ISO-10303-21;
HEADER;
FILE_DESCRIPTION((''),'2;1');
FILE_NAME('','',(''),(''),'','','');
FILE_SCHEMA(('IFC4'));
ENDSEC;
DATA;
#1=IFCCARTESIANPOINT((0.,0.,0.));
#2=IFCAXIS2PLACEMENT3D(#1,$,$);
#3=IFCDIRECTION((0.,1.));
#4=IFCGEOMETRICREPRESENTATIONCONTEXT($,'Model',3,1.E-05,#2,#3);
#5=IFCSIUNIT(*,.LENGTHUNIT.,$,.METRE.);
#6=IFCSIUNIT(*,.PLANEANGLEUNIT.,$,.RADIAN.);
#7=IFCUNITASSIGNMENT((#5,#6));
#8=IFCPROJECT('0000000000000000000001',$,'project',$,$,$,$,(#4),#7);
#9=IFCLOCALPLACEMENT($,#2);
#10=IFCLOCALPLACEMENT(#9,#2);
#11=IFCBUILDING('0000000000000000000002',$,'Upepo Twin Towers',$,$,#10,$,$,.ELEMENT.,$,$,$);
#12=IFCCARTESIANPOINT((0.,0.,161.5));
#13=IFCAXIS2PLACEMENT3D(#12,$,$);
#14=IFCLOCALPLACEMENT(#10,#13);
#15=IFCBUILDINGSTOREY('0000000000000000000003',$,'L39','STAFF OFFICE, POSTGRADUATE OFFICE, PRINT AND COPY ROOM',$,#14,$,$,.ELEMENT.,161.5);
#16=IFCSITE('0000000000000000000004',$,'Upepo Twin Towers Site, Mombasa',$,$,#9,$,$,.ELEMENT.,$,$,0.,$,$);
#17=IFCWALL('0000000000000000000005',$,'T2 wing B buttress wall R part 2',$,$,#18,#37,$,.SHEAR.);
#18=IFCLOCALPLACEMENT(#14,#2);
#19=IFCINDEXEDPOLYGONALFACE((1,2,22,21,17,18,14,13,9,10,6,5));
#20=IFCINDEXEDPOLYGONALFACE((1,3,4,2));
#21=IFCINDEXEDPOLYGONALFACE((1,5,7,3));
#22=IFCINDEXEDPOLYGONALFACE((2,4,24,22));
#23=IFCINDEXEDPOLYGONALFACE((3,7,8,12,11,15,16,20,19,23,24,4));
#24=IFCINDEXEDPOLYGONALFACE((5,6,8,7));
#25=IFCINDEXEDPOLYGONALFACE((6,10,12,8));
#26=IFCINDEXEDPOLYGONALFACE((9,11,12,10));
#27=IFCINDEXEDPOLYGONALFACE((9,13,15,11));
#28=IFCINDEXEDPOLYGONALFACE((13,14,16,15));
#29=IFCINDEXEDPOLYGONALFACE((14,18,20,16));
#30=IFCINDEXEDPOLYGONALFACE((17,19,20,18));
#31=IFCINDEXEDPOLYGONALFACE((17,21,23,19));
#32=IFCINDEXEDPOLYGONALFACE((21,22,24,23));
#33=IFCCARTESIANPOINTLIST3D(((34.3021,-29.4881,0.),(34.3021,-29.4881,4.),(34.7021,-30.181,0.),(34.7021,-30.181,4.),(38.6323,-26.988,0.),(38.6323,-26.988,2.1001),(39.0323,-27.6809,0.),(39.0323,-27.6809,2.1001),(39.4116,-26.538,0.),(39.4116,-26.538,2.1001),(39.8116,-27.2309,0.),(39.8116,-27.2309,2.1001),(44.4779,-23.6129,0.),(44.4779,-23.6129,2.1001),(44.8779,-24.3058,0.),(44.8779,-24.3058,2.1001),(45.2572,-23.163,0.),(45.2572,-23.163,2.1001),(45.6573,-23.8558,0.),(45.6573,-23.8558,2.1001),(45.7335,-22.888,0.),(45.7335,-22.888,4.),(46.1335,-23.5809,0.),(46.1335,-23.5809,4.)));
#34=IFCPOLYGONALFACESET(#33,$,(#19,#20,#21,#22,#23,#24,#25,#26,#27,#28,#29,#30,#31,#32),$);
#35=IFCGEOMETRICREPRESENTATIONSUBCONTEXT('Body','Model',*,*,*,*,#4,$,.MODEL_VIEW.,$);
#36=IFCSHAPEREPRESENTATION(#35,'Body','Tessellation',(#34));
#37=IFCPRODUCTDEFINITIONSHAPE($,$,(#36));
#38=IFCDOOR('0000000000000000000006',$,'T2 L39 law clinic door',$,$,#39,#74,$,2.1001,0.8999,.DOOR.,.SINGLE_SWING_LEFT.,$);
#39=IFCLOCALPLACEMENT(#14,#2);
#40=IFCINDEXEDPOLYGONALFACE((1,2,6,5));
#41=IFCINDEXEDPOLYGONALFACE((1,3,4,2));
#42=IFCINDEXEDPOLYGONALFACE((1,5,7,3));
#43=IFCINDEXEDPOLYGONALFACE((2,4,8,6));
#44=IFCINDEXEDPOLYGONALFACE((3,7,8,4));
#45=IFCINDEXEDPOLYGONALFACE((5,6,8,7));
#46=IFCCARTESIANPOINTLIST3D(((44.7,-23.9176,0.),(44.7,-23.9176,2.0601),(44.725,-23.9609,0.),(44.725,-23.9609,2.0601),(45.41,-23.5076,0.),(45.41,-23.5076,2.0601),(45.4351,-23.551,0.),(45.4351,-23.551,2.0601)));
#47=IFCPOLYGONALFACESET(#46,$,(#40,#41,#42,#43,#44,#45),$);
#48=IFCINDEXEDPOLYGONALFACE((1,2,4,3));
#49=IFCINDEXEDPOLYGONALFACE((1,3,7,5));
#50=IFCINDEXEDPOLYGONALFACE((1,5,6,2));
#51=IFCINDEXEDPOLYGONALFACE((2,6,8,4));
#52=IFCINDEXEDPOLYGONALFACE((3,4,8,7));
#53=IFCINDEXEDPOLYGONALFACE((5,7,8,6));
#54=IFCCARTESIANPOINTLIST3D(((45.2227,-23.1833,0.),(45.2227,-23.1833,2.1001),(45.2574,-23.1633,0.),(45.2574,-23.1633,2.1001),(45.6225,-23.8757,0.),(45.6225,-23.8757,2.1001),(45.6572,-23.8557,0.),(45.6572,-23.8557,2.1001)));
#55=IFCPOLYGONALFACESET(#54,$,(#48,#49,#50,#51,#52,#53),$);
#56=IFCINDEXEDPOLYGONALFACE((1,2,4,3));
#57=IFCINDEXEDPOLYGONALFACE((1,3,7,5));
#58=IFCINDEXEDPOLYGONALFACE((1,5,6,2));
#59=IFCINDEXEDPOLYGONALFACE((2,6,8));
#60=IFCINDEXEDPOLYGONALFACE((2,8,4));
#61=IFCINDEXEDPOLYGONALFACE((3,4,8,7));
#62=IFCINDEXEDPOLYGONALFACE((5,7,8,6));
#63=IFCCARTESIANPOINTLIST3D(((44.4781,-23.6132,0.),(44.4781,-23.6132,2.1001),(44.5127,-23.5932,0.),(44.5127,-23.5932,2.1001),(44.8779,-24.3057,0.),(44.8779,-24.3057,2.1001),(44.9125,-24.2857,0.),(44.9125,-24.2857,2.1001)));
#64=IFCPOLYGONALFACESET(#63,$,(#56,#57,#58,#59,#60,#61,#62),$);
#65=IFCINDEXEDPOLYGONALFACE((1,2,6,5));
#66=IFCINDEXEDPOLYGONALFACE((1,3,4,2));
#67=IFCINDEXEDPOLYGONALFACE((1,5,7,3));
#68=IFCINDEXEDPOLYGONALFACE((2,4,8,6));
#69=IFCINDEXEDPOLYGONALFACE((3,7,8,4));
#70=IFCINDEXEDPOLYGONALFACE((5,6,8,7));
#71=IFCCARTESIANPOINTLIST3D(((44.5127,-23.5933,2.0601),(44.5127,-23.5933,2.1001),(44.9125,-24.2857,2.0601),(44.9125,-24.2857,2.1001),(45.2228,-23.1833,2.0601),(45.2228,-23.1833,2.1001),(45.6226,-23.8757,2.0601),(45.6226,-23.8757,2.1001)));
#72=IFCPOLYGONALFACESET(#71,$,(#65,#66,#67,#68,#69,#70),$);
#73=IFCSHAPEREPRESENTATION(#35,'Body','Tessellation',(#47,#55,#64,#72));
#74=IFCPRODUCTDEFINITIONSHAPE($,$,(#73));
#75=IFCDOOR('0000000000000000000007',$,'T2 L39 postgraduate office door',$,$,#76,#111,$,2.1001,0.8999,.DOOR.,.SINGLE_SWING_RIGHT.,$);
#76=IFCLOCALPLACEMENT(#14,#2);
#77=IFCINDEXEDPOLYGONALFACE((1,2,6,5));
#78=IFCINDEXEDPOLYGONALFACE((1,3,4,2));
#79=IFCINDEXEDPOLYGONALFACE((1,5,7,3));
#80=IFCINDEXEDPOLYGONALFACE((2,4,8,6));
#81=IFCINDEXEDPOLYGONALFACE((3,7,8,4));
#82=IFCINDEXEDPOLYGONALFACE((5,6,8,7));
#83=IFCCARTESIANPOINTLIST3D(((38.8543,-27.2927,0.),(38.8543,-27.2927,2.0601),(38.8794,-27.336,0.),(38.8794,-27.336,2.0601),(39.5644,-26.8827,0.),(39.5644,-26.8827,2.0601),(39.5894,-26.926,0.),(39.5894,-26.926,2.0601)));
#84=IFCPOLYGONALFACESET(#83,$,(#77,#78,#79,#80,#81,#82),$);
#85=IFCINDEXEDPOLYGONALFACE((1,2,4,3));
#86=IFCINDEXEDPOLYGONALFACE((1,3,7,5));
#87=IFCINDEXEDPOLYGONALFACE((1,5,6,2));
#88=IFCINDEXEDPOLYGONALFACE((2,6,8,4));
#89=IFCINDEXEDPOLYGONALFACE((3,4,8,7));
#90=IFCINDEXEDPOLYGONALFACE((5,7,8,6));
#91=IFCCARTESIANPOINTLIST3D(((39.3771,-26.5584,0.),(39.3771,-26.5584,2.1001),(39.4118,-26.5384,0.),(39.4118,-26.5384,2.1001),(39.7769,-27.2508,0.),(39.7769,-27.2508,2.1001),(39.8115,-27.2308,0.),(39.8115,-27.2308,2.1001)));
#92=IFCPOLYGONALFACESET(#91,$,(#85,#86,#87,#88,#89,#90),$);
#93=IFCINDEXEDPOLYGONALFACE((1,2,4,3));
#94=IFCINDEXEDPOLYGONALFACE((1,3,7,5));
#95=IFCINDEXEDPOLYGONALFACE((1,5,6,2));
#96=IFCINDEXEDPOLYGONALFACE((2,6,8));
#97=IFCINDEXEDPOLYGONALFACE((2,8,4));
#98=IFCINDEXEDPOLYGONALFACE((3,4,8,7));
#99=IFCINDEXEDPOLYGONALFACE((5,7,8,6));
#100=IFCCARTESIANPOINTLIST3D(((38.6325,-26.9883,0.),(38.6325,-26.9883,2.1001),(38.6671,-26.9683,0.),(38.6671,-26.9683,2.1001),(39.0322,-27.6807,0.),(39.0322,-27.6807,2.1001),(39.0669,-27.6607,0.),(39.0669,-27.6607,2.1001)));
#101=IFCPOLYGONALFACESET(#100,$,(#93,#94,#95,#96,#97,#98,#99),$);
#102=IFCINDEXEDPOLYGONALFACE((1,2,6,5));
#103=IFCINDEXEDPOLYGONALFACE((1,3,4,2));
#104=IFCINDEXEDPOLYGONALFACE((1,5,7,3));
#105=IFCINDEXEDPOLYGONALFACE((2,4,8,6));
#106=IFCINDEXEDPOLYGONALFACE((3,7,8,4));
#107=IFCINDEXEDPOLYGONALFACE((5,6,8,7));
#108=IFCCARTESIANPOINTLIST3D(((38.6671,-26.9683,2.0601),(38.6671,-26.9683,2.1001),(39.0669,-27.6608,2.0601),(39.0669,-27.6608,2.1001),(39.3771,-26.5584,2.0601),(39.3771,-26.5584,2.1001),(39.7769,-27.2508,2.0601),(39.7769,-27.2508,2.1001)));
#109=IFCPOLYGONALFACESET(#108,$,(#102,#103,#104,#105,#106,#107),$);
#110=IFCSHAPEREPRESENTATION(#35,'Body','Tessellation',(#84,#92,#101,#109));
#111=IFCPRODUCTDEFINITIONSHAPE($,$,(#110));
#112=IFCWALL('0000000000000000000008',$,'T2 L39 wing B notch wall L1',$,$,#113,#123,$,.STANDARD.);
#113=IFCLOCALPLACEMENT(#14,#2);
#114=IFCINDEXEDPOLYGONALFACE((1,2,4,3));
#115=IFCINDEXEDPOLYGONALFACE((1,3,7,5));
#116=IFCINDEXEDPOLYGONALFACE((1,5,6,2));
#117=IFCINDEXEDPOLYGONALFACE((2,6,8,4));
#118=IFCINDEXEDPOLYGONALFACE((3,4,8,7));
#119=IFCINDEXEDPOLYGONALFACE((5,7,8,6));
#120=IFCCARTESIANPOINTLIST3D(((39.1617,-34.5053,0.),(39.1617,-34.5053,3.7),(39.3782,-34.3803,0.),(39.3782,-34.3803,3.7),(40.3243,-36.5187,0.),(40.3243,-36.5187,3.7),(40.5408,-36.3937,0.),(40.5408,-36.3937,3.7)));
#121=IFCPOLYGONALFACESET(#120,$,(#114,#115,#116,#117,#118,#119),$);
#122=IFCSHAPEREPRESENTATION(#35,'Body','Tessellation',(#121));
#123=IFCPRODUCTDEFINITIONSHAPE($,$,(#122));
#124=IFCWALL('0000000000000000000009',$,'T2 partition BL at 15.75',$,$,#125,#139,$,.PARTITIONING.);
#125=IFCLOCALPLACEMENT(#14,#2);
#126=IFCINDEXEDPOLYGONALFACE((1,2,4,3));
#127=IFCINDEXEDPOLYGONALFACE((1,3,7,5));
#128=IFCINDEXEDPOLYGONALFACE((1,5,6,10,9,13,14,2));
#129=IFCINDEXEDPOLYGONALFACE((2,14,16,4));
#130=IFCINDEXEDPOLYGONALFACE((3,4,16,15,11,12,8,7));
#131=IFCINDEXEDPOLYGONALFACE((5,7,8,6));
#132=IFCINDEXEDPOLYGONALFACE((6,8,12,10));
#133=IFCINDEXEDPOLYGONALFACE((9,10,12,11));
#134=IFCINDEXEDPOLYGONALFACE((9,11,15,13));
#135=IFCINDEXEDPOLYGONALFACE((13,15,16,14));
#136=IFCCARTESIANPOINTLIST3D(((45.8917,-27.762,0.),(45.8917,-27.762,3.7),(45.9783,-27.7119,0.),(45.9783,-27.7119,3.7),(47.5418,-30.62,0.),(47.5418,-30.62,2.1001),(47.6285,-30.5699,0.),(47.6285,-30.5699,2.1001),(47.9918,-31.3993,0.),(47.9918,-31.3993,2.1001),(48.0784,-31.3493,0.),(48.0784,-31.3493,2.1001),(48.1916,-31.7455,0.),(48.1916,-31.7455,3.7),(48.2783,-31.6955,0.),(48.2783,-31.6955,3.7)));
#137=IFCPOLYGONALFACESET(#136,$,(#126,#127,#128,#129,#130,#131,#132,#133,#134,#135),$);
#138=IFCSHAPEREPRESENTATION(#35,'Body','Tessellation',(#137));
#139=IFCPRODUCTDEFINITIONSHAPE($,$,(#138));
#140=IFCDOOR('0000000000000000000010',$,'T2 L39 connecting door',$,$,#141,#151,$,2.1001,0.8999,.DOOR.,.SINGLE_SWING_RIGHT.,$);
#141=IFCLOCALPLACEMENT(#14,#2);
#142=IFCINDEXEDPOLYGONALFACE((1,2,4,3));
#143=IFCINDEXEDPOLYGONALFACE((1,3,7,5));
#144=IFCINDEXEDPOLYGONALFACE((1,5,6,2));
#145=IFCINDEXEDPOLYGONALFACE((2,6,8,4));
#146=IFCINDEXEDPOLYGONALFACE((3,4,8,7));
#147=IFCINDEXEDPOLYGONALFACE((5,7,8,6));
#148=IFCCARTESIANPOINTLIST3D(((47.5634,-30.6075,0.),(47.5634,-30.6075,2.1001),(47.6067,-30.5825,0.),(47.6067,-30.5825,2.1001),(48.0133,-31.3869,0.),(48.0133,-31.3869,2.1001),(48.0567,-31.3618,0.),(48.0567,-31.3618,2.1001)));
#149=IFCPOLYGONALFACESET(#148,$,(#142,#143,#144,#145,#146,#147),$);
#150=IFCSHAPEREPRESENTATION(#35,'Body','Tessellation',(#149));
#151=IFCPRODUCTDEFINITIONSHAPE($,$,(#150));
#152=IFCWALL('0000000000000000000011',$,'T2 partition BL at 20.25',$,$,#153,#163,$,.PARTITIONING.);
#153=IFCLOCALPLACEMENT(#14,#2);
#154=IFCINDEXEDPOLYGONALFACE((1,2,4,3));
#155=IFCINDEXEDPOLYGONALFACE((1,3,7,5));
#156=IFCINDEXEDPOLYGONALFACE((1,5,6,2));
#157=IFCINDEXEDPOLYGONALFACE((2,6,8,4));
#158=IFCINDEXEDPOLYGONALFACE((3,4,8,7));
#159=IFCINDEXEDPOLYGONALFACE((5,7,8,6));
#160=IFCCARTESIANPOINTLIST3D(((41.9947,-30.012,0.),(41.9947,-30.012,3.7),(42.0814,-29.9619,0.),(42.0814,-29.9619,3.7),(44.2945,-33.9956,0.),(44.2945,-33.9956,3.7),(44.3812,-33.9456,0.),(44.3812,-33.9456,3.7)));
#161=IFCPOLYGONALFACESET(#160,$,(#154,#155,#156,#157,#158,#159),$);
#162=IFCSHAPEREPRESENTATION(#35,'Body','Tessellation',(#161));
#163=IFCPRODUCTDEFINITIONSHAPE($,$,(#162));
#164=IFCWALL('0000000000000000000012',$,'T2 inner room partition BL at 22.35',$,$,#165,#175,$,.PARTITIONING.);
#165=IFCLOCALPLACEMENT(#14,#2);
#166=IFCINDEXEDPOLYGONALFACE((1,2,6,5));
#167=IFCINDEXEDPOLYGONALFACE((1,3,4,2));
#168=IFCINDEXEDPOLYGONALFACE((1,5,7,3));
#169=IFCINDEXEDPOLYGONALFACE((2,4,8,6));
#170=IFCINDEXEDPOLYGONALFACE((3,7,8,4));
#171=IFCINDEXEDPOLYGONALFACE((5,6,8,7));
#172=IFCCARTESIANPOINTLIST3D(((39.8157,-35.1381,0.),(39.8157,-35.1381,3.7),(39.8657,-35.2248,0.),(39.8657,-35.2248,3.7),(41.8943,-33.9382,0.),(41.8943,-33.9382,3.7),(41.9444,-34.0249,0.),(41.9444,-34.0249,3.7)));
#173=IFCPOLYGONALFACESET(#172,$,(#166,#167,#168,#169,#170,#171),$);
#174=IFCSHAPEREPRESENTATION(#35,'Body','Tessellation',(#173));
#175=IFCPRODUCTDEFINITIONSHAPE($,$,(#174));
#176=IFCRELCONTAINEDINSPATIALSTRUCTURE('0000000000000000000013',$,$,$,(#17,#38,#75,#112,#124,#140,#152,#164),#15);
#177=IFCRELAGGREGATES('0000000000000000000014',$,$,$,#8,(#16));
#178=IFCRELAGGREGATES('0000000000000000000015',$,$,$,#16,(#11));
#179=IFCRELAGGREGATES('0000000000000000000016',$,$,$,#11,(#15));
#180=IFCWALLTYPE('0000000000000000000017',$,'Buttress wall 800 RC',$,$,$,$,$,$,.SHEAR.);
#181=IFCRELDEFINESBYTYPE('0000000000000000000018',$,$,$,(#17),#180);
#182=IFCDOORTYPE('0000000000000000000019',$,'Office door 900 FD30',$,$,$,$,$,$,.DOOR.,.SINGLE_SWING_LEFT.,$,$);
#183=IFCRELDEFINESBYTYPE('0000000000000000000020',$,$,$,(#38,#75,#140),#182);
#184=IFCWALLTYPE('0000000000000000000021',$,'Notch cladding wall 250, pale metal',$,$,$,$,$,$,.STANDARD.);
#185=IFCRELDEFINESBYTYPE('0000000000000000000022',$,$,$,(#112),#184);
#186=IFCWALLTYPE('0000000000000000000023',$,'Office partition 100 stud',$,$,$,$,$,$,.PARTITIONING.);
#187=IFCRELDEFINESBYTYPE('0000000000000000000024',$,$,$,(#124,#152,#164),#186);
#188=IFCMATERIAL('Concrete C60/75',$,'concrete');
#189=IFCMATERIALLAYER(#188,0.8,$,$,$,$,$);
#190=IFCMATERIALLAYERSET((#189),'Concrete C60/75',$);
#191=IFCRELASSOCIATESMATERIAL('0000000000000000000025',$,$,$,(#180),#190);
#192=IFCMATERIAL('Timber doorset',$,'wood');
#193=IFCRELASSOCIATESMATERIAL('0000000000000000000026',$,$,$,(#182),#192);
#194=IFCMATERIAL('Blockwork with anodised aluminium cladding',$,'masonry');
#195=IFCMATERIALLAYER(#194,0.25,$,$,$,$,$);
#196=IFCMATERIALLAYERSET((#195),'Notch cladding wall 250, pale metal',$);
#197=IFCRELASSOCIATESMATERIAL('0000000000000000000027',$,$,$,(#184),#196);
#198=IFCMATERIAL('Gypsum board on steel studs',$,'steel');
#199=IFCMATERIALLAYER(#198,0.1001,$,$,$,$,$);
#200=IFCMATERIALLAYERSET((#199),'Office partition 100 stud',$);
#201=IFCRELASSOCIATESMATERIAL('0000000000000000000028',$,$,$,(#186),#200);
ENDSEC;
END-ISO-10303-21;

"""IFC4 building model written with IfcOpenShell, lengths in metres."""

from ifc_helpers import new_model, si_unit, direction, frame, frame_2d, origin, place, context, subcontext, project, spatial, rectangle, extrude, material, layer, layer_set, type_object, element, fill, save


model = new_model("IFC4")

# Units and contexts
model_context = context("Model", 3, precision=1e-05, world=origin(), true_north=direction((0.0, 1.0)))
body_context = subcontext(model_context, "Body", "Model", "MODEL_VIEW")
ifc_project = project(units=[si_unit("LENGTHUNIT", "METRE"), si_unit("PLANEANGLEUNIT", "RADIAN")], contexts=[model_context])

# Site, building, storey
site_placement = place(None, origin())
site = spatial("IfcSite", under=ifc_project, at=site_placement, Name="Upepo Twin Towers Site, Mombasa", CompositionType="ELEMENT", RefElevation=0.0)
building_placement = place(site_placement, origin())
building = spatial("IfcBuilding", under=site, at=building_placement, Name="Upepo Twin Towers", CompositionType="ELEMENT")
storey_placement = place(building_placement, frame((0.0, 0.0, 161.5)))
storey = spatial("IfcBuildingStorey", under=building, at=storey_placement, Name="L39", Description="STAFF OFFICE, POSTGRADUATE OFFICE, PRINT AND COPY ROOM", CompositionType="ELEMENT", Elevation=161.5)

# Wall, openings, doors
ifc_material_1 = material(Name="Concrete C60/75", Category="concrete")
ifc_layer_1 = layer(ifc_material_1, 0.8)
ifc_layer_set_1 = layer_set([ifc_layer_1], Name="Concrete C60/75")
wall_type_1 = type_object("IfcWallType", Name="Buttress wall 800 RC", PredefinedType="SHEAR", material=ifc_layer_set_1)
wall_1_placement = place(storey_placement, frame((45.9336, -23.2344, 0.0), z_axis=(0.0, 0.0, 1.0), x_axis=(-0.86602, -0.50001, 0.0)))
wall_1 = element("IfcWall", 1, at=wall_1_placement, inside=storey, type_object=wall_type_1, Name="T2 wing B buttress wall R part 2", PredefinedType="SHEAR", context=body_context, shape_type="SweptSolid", body=[
    extrude(rectangle(XDim=13.2, YDim=0.8, at=frame_2d((6.6001, 0.0))), origin(), (0.0, 0.0, 1.0), 4.0),
])
opening_1_placement = place(wall_1_placement, frame((0.55, 0.0, 0.0)))
opening_1 = element("IfcOpeningElement", 2, at=opening_1_placement, cuts=wall_1, PredefinedType="OPENING", context=body_context, shape_type="SweptSolid", body=[
    extrude(rectangle(XDim=0.8999, YDim=2.1001, at=frame_2d((0.45, 1.05))), frame((0.0, 0.4099, 0.0), z_axis=(0.0, -1.0, 0.0), x_axis=(1.0, 0.0, 0.0)), (0.0, 0.0, 1.0), 0.8201),
])
opening_2_placement = place(wall_1_placement, frame((7.3, 0.0, 0.0)))
opening_2 = element("IfcOpeningElement", 3, at=opening_2_placement, cuts=wall_1, PredefinedType="OPENING", context=body_context, shape_type="SweptSolid", body=[
    extrude(rectangle(XDim=0.8999, YDim=2.1001, at=frame_2d((0.45, 1.05))), frame((0.0, 0.4099, 0.0), z_axis=(0.0, -1.0, 0.0), x_axis=(1.0, 0.0, 0.0)), (0.0, 0.0, 1.0), 0.8201),
])
ifc_material_2 = material(Name="Timber doorset", Category="wood")
door_type = type_object("IfcDoorType", Name="Office door 900 FD30", OperationType="SINGLE_SWING_LEFT", PredefinedType="DOOR", material=ifc_material_2)
door_1_placement = place(opening_1_placement, origin())
door_1 = element("IfcDoor", 4, at=door_1_placement, inside=storey, type_object=door_type, Name="T2 L39 law clinic door", OperationType="SINGLE_SWING_LEFT", OverallHeight=2.1001, OverallWidth=0.8999, PredefinedType="DOOR", context=body_context, shape_type="SweptSolid", body=[
    extrude(rectangle(XDim=0.8199, YDim=2.0601, at=frame_2d((0.45, 1.03))), frame((0.0, 0.0249, 0.0), z_axis=(0.0, -1.0, 0.0), x_axis=(1.0, 0.0, 0.0)), (0.0, 0.0, 1.0), 0.05),
    extrude(rectangle(XDim=0.04, YDim=2.1001, at=frame_2d((0.02, 1.05))), frame((0.0, 0.3999, 0.0), z_axis=(0.0, -1.0, 0.0), x_axis=(1.0, 0.0, 0.0)), (0.0, 0.0, 1.0), 0.7996),
    extrude(rectangle(XDim=0.04, YDim=2.1001, at=frame_2d((0.8799, 1.05))), frame((0.0, 0.3999, 0.0), z_axis=(0.0, -1.0, 0.0), x_axis=(1.0, 0.0, 0.0)), (0.0, 0.0, 1.0), 0.7996),
    extrude(rectangle(XDim=0.8199, YDim=0.04, at=frame_2d((0.45, 2.0801))), frame((0.0, 0.3999, 0.0), z_axis=(0.0, -1.0, 0.0), x_axis=(1.0, 0.0, 0.0)), (0.0, 0.0, 1.0), 0.7996),
])
fill(opening_1, door_1)
door_2_placement = place(opening_2_placement, origin())
door_2 = element("IfcDoor", 5, at=door_2_placement, inside=storey, type_object=door_type, Name="T2 L39 postgraduate office door", OperationType="SINGLE_SWING_RIGHT", OverallHeight=2.1001, OverallWidth=0.8999, PredefinedType="DOOR", context=body_context, shape_type="SweptSolid", body=[
    extrude(rectangle(XDim=0.8199, YDim=2.0601, at=frame_2d((0.45, 1.03))), frame((0.0, 0.0249, 0.0), z_axis=(0.0, -1.0, 0.0), x_axis=(1.0, 0.0, 0.0)), (0.0, 0.0, 1.0), 0.05),
    extrude(rectangle(XDim=0.04, YDim=2.1001, at=frame_2d((0.02, 1.05))), frame((0.0, 0.3999, 0.0), z_axis=(0.0, -1.0, 0.0), x_axis=(1.0, 0.0, 0.0)), (0.0, 0.0, 1.0), 0.7996),
    extrude(rectangle(XDim=0.04, YDim=2.1001, at=frame_2d((0.8799, 1.05))), frame((0.0, 0.3999, 0.0), z_axis=(0.0, -1.0, 0.0), x_axis=(1.0, 0.0, 0.0)), (0.0, 0.0, 1.0), 0.7996),
    extrude(rectangle(XDim=0.8199, YDim=0.04, at=frame_2d((0.45, 2.0801))), frame((0.0, 0.3999, 0.0), z_axis=(0.0, -1.0, 0.0), x_axis=(1.0, 0.0, 0.0)), (0.0, 0.0, 1.0), 0.7996),
])
fill(opening_2, door_2)

# Wall
ifc_material_3 = material(Name="Blockwork with anodised aluminium cladding", Category="masonry")
ifc_layer_2 = layer(ifc_material_3, 0.25)
ifc_layer_set_2 = layer_set([ifc_layer_2], Name="Notch cladding wall 250, pale metal")
wall_type_2 = type_object("IfcWallType", Name="Notch cladding wall 250, pale metal", PredefinedType="STANDARD", material=ifc_layer_set_2)
wall_2_placement = place(storey_placement, frame((40.4326, -36.4563, 0.0), z_axis=(0.0, 0.0, 1.0), x_axis=(-0.500047, 0.865998, 0.0)))
element("IfcWall", 6, at=wall_2_placement, inside=storey, type_object=wall_type_2, Name="T2 L39 wing B notch wall L1", PredefinedType="STANDARD", context=body_context, shape_type="SweptSolid", body=[
    extrude(rectangle(XDim=2.325, YDim=0.25, at=frame_2d((1.1626, 0.0))), origin(), (0.0, 0.0, 1.0), 3.7),
])

# Wall, opening, door
ifc_material_4 = material(Name="Gypsum board on steel studs", Category="steel")
ifc_layer_3 = layer(ifc_material_4, 0.1001)
ifc_layer_set_3 = layer_set([ifc_layer_3], Name="Office partition 100 stud")
wall_type_3 = type_object("IfcWallType", Name="Office partition 100 stud", PredefinedType="PARTITIONING", material=ifc_layer_set_3)
wall_3_placement = place(storey_placement, frame((45.9351, -27.7371, 0.0), z_axis=(0.0, 0.0, 1.0), x_axis=(0.500015, -0.866017, 0.0)))
wall_3 = element("IfcWall", 7, at=wall_3_placement, inside=storey, type_object=wall_type_3, Name="T2 partition BL at 15.75", PredefinedType="PARTITIONING", context=body_context, shape_type="SweptSolid", body=[
    extrude(rectangle(XDim=4.5999, YDim=0.1001, at=frame_2d((2.2998, 0.0))), origin(), (0.0, 0.0, 1.0), 3.7),
])
opening_3_placement = place(wall_3_placement, frame((3.3, 0.0, 0.0)))
opening_3 = element("IfcOpeningElement", 8, at=opening_3_placement, cuts=wall_3, PredefinedType="OPENING", context=body_context, shape_type="SweptSolid", body=[
    extrude(rectangle(XDim=0.8999, YDim=2.1001, at=frame_2d((0.45, 1.05))), frame((0.0, 0.0601, 0.0), z_axis=(0.0, -1.0, 0.0), x_axis=(1.0, 0.0, 0.0)), (0.0, 0.0, 1.0), 0.1201),
])
door_3_placement = place(opening_3_placement, origin())
door_3 = element("IfcDoor", 9, at=door_3_placement, inside=storey, type_object=door_type, Name="T2 L39 connecting door", OperationType="SINGLE_SWING_RIGHT", OverallHeight=2.1001, OverallWidth=0.8999, PredefinedType="DOOR", context=body_context, shape_type="SweptSolid", body=[
    extrude(rectangle(XDim=0.8999, YDim=2.1001, at=frame_2d((0.45, 1.05))), frame((0.0, 0.0249, 0.0), z_axis=(0.0, -1.0, 0.0), x_axis=(1.0, 0.0, 0.0)), (0.0, 0.0, 1.0), 0.05),
])
fill(opening_3, door_3)

# Walls
wall_4_placement = place(storey_placement, frame((42.0381, -29.9871, 0.0), z_axis=(0.0, 0.0, 1.0), x_axis=(0.499975, -0.86604, 0.0)))
element("IfcWall", 10, at=wall_4_placement, inside=storey, type_object=wall_type_3, Name="T2 partition BL at 20.25", PredefinedType="PARTITIONING", context=body_context, shape_type="SweptSolid", body=[
    extrude(rectangle(XDim=4.5999, YDim=0.1001, at=frame_2d((2.2998, 0.0))), origin(), (0.0, 0.0, 1.0), 3.7),
])
wall_5_placement = place(storey_placement, frame((41.9194, -33.9814, 0.0), z_axis=(0.0, 0.0, 1.0), x_axis=(-0.86605, -0.499957, 0.0)))
element("IfcWall", 11, at=wall_5_placement, inside=storey, type_object=wall_type_3, Name="T2 inner room partition BL at 22.35", PredefinedType="PARTITIONING", context=body_context, shape_type="SweptSolid", body=[
    extrude(rectangle(XDim=2.4001, YDim=0.1001, at=frame_2d((1.2002, 0.0))), origin(), (0.0, 0.0, 1.0), 3.7),
])

save(model, "model.ifc")
